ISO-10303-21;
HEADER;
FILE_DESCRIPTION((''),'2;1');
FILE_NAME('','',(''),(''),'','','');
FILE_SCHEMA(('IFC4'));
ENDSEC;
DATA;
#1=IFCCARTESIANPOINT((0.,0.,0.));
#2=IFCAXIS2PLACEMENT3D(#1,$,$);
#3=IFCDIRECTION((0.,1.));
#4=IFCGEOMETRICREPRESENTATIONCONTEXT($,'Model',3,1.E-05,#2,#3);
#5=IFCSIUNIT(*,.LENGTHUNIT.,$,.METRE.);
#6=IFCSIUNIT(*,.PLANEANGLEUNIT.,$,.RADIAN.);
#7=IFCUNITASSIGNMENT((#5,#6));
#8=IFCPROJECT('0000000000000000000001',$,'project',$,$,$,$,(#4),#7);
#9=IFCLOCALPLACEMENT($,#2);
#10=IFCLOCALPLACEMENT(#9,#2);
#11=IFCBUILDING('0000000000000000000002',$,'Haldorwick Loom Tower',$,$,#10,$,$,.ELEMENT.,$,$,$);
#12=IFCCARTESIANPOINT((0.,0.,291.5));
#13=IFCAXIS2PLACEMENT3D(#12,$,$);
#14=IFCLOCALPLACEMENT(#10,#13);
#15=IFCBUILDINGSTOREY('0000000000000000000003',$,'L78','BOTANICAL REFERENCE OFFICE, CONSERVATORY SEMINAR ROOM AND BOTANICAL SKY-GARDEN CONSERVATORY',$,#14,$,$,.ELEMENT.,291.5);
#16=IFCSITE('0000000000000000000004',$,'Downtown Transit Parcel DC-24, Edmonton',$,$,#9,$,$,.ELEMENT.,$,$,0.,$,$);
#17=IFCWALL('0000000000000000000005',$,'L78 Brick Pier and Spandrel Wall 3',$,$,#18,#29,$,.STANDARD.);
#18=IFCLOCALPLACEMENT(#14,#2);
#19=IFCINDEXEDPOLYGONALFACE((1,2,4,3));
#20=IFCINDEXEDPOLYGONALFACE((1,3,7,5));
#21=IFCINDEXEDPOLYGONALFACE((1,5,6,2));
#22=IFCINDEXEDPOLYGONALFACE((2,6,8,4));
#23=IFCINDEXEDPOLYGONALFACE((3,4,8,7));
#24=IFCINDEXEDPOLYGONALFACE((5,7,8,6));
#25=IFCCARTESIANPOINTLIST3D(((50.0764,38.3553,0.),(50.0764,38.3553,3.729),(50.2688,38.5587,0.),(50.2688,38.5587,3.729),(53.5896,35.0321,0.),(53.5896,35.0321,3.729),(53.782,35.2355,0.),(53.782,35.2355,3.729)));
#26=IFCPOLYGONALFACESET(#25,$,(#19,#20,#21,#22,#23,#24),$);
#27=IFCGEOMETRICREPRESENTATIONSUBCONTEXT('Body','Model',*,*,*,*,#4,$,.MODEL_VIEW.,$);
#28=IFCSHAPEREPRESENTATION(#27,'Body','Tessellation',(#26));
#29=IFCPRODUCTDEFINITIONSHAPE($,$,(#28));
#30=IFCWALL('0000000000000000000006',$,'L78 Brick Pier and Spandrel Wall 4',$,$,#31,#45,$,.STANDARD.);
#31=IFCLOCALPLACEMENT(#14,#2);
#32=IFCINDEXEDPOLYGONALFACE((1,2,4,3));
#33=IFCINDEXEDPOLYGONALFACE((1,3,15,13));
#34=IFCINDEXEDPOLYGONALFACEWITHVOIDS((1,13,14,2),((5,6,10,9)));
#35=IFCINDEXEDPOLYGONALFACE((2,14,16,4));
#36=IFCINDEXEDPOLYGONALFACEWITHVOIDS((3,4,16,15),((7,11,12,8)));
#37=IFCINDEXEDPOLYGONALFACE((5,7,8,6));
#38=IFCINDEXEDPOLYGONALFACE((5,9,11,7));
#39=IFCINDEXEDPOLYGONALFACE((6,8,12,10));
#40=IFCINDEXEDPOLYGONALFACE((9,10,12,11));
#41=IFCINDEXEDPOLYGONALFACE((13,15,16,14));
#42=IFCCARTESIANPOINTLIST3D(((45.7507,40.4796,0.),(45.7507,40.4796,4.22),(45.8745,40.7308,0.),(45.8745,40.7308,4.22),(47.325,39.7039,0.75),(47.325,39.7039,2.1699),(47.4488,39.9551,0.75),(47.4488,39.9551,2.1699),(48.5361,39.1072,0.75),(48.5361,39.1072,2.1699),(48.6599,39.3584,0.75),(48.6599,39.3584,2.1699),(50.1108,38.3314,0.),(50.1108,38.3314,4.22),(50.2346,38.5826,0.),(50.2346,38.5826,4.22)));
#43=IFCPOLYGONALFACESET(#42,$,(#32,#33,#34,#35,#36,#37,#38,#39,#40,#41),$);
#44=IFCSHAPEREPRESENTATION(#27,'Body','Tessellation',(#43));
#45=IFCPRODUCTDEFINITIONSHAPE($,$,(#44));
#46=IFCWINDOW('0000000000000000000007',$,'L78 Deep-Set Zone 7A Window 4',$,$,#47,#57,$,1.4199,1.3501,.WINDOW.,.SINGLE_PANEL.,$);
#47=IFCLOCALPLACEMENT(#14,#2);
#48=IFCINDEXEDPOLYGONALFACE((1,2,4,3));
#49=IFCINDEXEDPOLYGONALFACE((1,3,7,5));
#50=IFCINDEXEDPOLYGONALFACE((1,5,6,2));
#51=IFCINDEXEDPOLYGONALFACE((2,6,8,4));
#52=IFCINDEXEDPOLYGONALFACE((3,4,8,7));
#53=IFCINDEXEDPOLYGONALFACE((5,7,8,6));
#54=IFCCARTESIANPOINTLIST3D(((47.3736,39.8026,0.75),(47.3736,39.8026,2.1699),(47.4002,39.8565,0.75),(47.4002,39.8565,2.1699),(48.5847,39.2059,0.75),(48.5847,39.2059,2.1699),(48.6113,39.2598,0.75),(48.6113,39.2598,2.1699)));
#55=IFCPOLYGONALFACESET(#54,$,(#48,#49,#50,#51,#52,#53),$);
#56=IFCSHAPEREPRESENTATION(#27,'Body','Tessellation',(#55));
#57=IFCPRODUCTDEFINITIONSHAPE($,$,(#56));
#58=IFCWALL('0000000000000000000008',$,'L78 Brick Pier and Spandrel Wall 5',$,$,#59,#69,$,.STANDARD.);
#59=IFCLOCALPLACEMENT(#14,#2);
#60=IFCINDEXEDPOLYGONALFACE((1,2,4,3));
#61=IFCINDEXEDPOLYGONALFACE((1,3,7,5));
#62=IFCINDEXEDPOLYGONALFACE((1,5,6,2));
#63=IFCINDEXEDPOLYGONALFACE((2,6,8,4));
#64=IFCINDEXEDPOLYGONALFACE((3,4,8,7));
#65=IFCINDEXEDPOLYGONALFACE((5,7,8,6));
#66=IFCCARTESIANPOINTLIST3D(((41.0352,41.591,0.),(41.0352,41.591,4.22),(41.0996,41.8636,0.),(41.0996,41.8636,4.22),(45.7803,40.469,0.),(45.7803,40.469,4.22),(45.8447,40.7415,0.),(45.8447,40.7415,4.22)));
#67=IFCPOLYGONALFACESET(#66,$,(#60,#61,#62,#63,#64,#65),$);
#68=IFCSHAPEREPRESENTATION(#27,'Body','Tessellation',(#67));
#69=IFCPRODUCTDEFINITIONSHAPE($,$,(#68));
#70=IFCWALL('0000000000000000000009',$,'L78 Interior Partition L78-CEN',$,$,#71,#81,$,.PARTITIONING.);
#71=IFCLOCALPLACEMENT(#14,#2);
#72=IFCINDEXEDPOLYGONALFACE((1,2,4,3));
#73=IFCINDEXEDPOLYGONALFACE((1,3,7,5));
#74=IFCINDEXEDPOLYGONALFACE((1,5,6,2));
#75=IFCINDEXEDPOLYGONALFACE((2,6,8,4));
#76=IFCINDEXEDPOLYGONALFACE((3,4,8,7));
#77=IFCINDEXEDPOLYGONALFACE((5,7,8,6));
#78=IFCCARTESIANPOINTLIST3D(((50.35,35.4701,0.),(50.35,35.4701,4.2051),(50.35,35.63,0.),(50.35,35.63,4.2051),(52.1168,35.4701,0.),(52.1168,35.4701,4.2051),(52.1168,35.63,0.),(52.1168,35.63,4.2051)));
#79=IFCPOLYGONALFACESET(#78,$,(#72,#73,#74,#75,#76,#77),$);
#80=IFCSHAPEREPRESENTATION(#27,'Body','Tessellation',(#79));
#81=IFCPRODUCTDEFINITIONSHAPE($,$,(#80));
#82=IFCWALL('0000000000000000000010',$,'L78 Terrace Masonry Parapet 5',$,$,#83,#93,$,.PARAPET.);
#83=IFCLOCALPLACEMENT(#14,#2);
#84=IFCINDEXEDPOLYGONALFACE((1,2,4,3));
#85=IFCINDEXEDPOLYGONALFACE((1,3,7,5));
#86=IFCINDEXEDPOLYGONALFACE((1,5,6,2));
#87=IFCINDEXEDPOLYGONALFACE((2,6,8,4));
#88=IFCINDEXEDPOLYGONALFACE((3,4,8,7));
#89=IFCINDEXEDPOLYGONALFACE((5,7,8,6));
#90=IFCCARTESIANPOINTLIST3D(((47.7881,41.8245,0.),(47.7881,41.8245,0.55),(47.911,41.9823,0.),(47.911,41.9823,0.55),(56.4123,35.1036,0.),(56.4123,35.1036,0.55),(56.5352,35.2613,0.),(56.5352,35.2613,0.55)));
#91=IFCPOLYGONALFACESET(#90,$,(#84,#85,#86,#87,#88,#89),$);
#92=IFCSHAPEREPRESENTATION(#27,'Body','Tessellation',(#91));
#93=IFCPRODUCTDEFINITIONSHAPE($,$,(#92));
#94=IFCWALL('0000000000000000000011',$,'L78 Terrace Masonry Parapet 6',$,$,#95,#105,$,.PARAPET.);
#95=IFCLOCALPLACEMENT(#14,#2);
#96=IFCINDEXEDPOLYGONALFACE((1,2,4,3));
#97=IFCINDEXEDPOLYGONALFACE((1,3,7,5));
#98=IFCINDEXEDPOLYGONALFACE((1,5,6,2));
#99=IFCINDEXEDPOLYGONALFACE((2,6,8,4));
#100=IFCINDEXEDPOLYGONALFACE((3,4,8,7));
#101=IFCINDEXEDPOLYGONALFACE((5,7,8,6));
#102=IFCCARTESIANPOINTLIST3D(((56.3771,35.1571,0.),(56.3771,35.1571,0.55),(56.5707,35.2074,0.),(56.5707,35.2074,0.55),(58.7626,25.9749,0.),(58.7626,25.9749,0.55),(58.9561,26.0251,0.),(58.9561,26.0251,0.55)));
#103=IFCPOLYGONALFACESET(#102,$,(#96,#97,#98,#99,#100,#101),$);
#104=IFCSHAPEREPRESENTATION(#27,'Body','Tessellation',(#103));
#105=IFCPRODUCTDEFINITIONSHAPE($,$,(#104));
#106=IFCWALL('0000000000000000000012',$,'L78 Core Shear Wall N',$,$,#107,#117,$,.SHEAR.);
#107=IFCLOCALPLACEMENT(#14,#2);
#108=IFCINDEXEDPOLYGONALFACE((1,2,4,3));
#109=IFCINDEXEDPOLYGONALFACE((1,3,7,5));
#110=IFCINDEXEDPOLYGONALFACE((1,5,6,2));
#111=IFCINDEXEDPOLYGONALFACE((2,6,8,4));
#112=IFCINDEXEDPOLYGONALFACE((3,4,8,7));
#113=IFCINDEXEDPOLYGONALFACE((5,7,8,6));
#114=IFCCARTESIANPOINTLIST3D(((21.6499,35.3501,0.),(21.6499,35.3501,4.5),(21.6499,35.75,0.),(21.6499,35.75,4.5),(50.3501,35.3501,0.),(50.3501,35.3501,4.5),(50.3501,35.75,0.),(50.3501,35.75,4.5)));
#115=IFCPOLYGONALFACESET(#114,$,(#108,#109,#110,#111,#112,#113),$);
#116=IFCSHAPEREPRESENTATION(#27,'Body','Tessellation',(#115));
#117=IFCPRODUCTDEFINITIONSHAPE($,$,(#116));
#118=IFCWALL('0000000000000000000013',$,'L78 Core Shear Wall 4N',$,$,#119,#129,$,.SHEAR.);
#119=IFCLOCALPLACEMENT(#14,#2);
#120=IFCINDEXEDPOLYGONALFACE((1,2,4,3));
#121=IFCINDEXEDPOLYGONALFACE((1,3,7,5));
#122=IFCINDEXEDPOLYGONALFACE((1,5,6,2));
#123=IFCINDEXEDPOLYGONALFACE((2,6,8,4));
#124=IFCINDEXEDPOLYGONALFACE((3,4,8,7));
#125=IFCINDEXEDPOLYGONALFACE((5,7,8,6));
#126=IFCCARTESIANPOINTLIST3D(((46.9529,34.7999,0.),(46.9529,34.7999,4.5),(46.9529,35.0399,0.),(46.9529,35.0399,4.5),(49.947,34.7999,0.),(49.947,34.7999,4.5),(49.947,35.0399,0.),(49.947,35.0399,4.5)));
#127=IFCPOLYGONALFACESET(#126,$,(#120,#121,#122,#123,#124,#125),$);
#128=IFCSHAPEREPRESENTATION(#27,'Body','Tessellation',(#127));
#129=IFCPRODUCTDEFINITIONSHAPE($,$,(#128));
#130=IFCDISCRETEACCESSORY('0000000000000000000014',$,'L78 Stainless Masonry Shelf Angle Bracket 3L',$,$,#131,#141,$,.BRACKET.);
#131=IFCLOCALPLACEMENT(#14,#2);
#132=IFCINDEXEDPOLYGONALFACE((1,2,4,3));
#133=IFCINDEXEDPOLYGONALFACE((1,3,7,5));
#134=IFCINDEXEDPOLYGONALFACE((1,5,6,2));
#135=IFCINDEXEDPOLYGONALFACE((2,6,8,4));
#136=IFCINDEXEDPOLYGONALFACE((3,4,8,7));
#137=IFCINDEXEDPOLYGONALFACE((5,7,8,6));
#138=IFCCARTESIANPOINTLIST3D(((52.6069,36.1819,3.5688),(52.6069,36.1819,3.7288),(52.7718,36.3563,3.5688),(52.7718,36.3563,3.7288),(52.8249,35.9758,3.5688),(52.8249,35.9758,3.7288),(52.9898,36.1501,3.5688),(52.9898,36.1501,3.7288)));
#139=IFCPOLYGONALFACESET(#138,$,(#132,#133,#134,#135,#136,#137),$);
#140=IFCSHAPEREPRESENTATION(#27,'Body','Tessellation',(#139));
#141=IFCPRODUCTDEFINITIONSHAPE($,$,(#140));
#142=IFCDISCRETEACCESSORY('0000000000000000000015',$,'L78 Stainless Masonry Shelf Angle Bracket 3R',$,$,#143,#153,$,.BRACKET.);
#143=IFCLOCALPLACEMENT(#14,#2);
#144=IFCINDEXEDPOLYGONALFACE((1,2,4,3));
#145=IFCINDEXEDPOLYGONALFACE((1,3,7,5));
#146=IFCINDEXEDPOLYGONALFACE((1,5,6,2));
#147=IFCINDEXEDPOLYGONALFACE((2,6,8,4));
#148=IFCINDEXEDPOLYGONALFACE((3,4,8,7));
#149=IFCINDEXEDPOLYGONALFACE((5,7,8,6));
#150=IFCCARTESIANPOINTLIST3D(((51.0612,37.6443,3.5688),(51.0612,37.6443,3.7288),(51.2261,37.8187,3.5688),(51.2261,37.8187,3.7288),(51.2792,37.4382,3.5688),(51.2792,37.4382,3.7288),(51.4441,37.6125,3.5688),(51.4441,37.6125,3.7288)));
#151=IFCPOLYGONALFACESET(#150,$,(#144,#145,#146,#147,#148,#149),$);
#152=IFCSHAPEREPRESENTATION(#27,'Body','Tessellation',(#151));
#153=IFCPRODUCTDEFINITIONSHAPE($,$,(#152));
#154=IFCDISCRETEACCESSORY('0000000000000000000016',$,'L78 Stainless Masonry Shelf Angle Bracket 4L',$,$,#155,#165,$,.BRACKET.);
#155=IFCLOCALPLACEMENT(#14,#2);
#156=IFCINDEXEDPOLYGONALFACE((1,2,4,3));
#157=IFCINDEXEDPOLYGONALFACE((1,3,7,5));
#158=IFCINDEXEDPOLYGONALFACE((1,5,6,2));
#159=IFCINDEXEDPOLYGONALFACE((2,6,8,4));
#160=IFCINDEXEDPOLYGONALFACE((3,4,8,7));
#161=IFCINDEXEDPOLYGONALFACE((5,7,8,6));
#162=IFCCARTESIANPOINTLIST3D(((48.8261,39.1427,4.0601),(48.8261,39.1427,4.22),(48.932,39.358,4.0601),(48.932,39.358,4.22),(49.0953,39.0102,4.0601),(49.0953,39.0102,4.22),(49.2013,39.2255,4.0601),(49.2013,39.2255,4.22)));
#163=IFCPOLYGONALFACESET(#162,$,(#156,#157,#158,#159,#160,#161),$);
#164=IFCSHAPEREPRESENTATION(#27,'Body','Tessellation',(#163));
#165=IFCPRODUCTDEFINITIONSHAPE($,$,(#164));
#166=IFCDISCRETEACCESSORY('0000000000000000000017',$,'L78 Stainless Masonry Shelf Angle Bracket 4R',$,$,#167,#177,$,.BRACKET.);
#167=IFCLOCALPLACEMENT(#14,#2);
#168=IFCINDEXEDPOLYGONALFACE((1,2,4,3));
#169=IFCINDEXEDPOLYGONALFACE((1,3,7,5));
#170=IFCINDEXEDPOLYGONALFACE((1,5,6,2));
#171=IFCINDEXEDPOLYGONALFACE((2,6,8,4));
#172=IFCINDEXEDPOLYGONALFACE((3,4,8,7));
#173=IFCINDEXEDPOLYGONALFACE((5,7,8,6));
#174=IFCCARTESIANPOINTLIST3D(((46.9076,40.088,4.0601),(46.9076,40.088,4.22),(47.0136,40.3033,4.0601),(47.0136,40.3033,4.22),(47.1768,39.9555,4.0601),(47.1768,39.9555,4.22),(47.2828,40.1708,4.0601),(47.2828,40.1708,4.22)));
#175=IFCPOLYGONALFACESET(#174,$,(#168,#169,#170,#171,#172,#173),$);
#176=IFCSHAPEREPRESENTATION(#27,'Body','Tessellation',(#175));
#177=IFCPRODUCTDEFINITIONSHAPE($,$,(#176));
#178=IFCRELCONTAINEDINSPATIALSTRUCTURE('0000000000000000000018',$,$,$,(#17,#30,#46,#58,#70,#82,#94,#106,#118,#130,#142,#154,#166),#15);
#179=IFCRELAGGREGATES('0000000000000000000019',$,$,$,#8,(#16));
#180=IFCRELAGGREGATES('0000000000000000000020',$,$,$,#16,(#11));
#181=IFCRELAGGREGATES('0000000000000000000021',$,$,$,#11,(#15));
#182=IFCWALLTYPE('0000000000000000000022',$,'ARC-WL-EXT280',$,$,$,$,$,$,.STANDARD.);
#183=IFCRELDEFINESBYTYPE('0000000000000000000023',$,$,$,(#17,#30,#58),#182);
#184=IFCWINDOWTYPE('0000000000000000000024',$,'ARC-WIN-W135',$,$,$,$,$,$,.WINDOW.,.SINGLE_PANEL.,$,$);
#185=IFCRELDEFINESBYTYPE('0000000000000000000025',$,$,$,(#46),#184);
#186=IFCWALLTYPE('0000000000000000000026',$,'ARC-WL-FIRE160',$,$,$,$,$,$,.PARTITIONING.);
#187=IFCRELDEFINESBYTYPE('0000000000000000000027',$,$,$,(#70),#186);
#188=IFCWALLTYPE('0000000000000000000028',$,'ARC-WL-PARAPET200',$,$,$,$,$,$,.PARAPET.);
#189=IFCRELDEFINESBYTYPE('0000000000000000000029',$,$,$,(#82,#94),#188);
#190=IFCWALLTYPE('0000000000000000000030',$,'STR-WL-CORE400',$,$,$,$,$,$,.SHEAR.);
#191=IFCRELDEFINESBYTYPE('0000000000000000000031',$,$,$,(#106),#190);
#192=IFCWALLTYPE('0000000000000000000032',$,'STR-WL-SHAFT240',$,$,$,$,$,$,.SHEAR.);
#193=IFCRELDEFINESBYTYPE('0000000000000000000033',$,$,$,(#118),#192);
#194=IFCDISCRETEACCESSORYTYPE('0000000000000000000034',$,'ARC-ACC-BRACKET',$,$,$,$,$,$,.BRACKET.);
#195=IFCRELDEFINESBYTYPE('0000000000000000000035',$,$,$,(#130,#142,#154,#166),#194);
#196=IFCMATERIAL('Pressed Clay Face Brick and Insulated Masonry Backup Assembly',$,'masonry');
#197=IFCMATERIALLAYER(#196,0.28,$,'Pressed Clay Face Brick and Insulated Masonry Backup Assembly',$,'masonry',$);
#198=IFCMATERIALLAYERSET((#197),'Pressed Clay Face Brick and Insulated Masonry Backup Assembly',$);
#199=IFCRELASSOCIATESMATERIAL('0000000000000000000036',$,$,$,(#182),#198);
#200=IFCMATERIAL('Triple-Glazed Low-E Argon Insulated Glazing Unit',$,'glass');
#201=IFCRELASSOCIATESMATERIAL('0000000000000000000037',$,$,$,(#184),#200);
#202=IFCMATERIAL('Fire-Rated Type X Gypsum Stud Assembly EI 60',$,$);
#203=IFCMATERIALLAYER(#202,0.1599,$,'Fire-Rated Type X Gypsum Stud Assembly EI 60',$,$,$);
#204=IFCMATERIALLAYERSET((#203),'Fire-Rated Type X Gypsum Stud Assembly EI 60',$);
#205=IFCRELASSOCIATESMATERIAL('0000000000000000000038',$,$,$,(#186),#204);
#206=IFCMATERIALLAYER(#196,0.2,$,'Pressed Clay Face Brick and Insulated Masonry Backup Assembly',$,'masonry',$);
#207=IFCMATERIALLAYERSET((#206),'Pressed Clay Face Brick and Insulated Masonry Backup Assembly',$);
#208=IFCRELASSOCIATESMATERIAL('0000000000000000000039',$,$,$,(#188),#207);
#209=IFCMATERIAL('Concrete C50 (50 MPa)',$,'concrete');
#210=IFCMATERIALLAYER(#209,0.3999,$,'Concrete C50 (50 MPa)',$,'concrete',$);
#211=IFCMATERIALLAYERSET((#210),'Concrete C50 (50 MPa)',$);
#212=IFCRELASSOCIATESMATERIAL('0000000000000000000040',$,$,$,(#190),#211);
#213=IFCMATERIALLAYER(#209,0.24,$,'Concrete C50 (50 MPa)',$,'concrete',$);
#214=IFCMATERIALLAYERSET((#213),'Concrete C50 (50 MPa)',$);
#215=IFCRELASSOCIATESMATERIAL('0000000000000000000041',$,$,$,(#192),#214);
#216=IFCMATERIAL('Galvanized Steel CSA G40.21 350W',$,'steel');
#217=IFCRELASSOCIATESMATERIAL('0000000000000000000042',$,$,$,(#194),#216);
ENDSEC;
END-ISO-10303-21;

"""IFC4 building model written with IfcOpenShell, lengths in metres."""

from ifc_helpers import new_model, si_unit, direction, frame, frame_2d, origin, origin_2d, place, context, subcontext, project, spatial, rectangle, extrude, material, layer, layer_set, type_object, element, fill, save


model = new_model("IFC4")

# Units and contexts
model_context = context("Model", 3, precision=1e-05, world=origin(), true_north=direction((0.0, 1.0)))
body_context = subcontext(model_context, "Body", "Model", "MODEL_VIEW")
ifc_project = project(units=[si_unit("LENGTHUNIT", "METRE"), si_unit("PLANEANGLEUNIT", "RADIAN")], contexts=[model_context])

# Site, building, storey
site_placement = place(None, origin())
site = spatial("IfcSite", under=ifc_project, at=site_placement, Name="Downtown Transit Parcel DC-24, Edmonton", CompositionType="ELEMENT", RefElevation=0.0)
building_placement = place(site_placement, origin())
building = spatial("IfcBuilding", under=site, at=building_placement, Name="Haldorwick Loom Tower", CompositionType="ELEMENT")
storey_placement = place(building_placement, frame((0.0, 0.0, 291.5)))
storey = spatial("IfcBuildingStorey", under=building, at=storey_placement, Name="L78", Description="BOTANICAL REFERENCE OFFICE, CONSERVATORY SEMINAR ROOM AND BOTANICAL SKY-GARDEN CONSERVATORY", CompositionType="ELEMENT", Elevation=291.5)

# Wall
ifc_material_1 = material(Name="Pressed Clay Face Brick and Insulated Masonry Backup Assembly", Category="masonry")
ifc_layer_1 = layer(ifc_material_1, 0.28, Name="Pressed Clay Face Brick and Insulated Masonry Backup Assembly", Category="masonry")
ifc_layer_set_1 = layer_set([ifc_layer_1], Name="Pressed Clay Face Brick and Insulated Masonry Backup Assembly")
wall_type_1 = type_object("IfcWallType", Name="ARC-WL-EXT280", PredefinedType="STANDARD", material=ifc_layer_set_1)
wall_1_placement = place(storey_placement, frame((53.6858, 35.1338, 0.0), z_axis=(0.0, 0.0, 1.0), x_axis=(-0.726473, 0.687196, 0.0)))
element("IfcWall", 1, at=wall_1_placement, inside=storey, type_object=wall_type_1, Name="L78 Brick Pier and Spandrel Wall 3", PredefinedType="STANDARD", context=body_context, shape_type="SweptSolid", body=[
    extrude(rectangle(XDim=4.8359, YDim=0.28, at=frame_2d((2.418, 0.0))), origin(), (0.0, 0.0, 1.0), 3.729),
])

# Wall, opening, window
wall_2_placement = place(storey_placement, frame((50.1726, 38.457, 0.0), z_axis=(0.0, 0.0, 1.0), x_axis=(-0.897034, 0.441962, 0.0)))
wall_2 = element("IfcWall", 2, at=wall_2_placement, inside=storey, type_object=wall_type_1, Name="L78 Brick Pier and Spandrel Wall 4", PredefinedType="STANDARD", context=body_context, shape_type="SweptSolid", body=[
    extrude(rectangle(XDim=4.8606, YDim=0.28, at=frame_2d((2.4302, 0.0))), origin(), (0.0, 0.0, 1.0), 4.22),
])
opening_placement = place(wall_2_placement, frame((1.7554, 0.0, 0.75)))
opening = element("IfcOpeningElement", 3, at=opening_placement, cuts=wall_2, PredefinedType="OPENING", context=body_context, shape_type="SweptSolid", body=[
    extrude(rectangle(XDim=1.3501, YDim=1.4199, at=frame_2d((0.675, 0.71))), frame((0.0, 0.1499, 0.0), z_axis=(0.0, -1.0, 0.0), x_axis=(1.0, 0.0, 0.0)), (0.0, 0.0, 1.0), 0.3),
])
ifc_material_2 = material(Name="Triple-Glazed Low-E Argon Insulated Glazing Unit", Category="glass")
window_type = type_object("IfcWindowType", Name="ARC-WIN-W135", PartitioningType="SINGLE_PANEL", PredefinedType="WINDOW", material=ifc_material_2)
window_placement = place(opening_placement, origin())
window = element("IfcWindow", 4, at=window_placement, inside=storey, type_object=window_type, Name="L78 Deep-Set Zone 7A Window 4", OverallHeight=1.4199, OverallWidth=1.3501, PartitioningType="SINGLE_PANEL", PredefinedType="WINDOW", context=body_context, shape_type="SweptSolid", body=[
    extrude(rectangle(XDim=1.3501, YDim=1.4199, at=frame_2d((0.675, 0.71))), frame((0.0, 0.03, 0.0), z_axis=(0.0, -1.0, 0.0), x_axis=(1.0, 0.0, 0.0)), (0.0, 0.0, 1.0), 0.0601),
])
fill(opening, window)

# Walls
wall_3_placement = place(storey_placement, frame((45.8125, 40.6052, 0.0), z_axis=(0.0, 0.0, 1.0), x_axis=(-0.973162, 0.230122, 0.0)))
element("IfcWall", 5, at=wall_3_placement, inside=storey, type_object=wall_type_1, Name="L78 Brick Pier and Spandrel Wall 5", PredefinedType="STANDARD", context=body_context, shape_type="SweptSolid", body=[
    extrude(rectangle(XDim=4.876, YDim=0.28, at=frame_2d((2.438, 0.0))), origin(), (0.0, 0.0, 1.0), 4.22),
])
ifc_material_3 = material(Name="Fire-Rated Type X Gypsum Stud Assembly EI 60")
ifc_layer_2 = layer(ifc_material_3, 0.1599, Name="Fire-Rated Type X Gypsum Stud Assembly EI 60")
ifc_layer_set_2 = layer_set([ifc_layer_2], Name="Fire-Rated Type X Gypsum Stud Assembly EI 60")
wall_type_2 = type_object("IfcWallType", Name="ARC-WL-FIRE160", PredefinedType="PARTITIONING", material=ifc_layer_set_2)
wall_4_placement = place(storey_placement, frame((50.3501, 35.55, 0.0), z_axis=(0.0, 0.0, 1.0), x_axis=(1.0, 0.0, 0.0)))
element("IfcWall", 6, at=wall_4_placement, inside=storey, type_object=wall_type_2, Name="L78 Interior Partition L78-CEN", PredefinedType="PARTITIONING", context=body_context, shape_type="SweptSolid", body=[
    extrude(rectangle(XDim=1.7668, YDim=0.1599, at=frame_2d((0.8833, 0.0))), origin(), (0.0, 0.0, 1.0), 4.2051),
])
ifc_layer_3 = layer(ifc_material_1, 0.2, Name="Pressed Clay Face Brick and Insulated Masonry Backup Assembly", Category="masonry")
ifc_layer_set_3 = layer_set([ifc_layer_3], Name="Pressed Clay Face Brick and Insulated Masonry Backup Assembly")
wall_type_3 = type_object("IfcWallType", Name="ARC-WL-PARAPET200", PredefinedType="PARAPET", material=ifc_layer_set_3)
wall_5_placement = place(storey_placement, frame((47.8496, 41.9033, 0.0), z_axis=(0.0, 0.0, 1.0), x_axis=(0.788768, -0.614692, 0.0)))
element("IfcWall", 7, at=wall_5_placement, inside=storey, type_object=wall_type_3, Name="L78 Terrace Masonry Parapet 5", PredefinedType="PARAPET", context=body_context, shape_type="SweptSolid", body=[
    extrude(rectangle(XDim=10.9338, YDim=0.2, at=frame_2d((5.4668, 0.0))), origin(), (0.0, 0.0, 1.0), 0.55),
])
wall_6_placement = place(storey_placement, frame((56.4739, 35.1824, 0.0), z_axis=(0.0, 0.0, 1.0), x_axis=(0.251444, -0.967872, 0.0)))
element("IfcWall", 8, at=wall_6_placement, inside=storey, type_object=wall_type_3, Name="L78 Terrace Masonry Parapet 6", PredefinedType="PARAPET", context=body_context, shape_type="SweptSolid", body=[
    extrude(rectangle(XDim=9.4871, YDim=0.2, at=frame_2d((4.7437, 0.0))), origin(), (0.0, 0.0, 1.0), 0.55),
])
ifc_material_4 = material(Name="Concrete C50 (50 MPa)", Category="concrete")
ifc_layer_4 = layer(ifc_material_4, 0.3999, Name="Concrete C50 (50 MPa)", Category="concrete")
ifc_layer_set_4 = layer_set([ifc_layer_4], Name="Concrete C50 (50 MPa)")
wall_type_4 = type_object("IfcWallType", Name="STR-WL-CORE400", PredefinedType="SHEAR", material=ifc_layer_set_4)
wall_7_placement = place(storey_placement, frame((50.3501, 35.55, 0.0), z_axis=(0.0, 0.0, 1.0), x_axis=(-1.0, 0.0, 0.0)))
element("IfcWall", 9, at=wall_7_placement, inside=storey, type_object=wall_type_4, Name="L78 Core Shear Wall N", PredefinedType="SHEAR", context=body_context, shape_type="SweptSolid", body=[
    extrude(rectangle(XDim=28.7002, YDim=0.3999, at=frame_2d((14.3501, 0.0))), origin(), (0.0, 0.0, 1.0), 4.5),
])
ifc_layer_5 = layer(ifc_material_4, 0.24, Name="Concrete C50 (50 MPa)", Category="concrete")
ifc_layer_set_5 = layer_set([ifc_layer_5], Name="Concrete C50 (50 MPa)")
wall_type_5 = type_object("IfcWallType", Name="STR-WL-SHAFT240", PredefinedType="SHEAR", material=ifc_layer_set_5)
wall_8_placement = place(storey_placement, frame((46.9529, 34.9199, 0.0), z_axis=(0.0, 0.0, 1.0), x_axis=(1.0, 0.0, 0.0)))
element("IfcWall", 10, at=wall_8_placement, inside=storey, type_object=wall_type_5, Name="L78 Core Shear Wall 4N", PredefinedType="SHEAR", context=body_context, shape_type="SweptSolid", body=[
    extrude(rectangle(XDim=2.9941, YDim=0.24, at=frame_2d((1.4971, 0.0))), origin(), (0.0, 0.0, 1.0), 4.5),
])

# Discrete accessories
ifc_material_5 = material(Name="Galvanized Steel CSA G40.21 350W", Category="steel")
discrete_accessory_type = type_object("IfcDiscreteAccessoryType", Name="ARC-ACC-BRACKET", PredefinedType="BRACKET", material=ifc_material_5)
for number, where, z_axis, x_axis, name in (
    (11, (52.7983, 36.166, 3.5688), (0.0, 0.0, 1.0), (-0.726575, 0.687088, 0.0), "L78 Stainless Masonry Shelf Angle Bracket 3L"),
    (12, (51.2527, 37.6284, 3.5688), (0.0, 0.0, 1.0), (-0.726575, 0.687088, 0.0), "L78 Stainless Masonry Shelf Angle Bracket 3R"),
    (13, (49.0137, 39.1841, 4.0601), (0.0, 0.0, 1.0), (-0.897258, 0.441506, 0.0), "L78 Stainless Masonry Shelf Angle Bracket 4L"),
    (14, (47.0952, 40.1294, 4.0601), (0.0, 0.0, 1.0), (-0.897258, 0.441506, 0.0), "L78 Stainless Masonry Shelf Angle Bracket 4R"),
):
    element("IfcDiscreteAccessory", number, at=place(storey_placement, frame(where, z_axis=z_axis, x_axis=x_axis)), inside=storey, type_object=discrete_accessory_type, Name=name, PredefinedType="BRACKET", context=body_context, shape_type="SweptSolid", body=[
        extrude(rectangle(XDim=0.3, YDim=0.24, at=origin_2d()), origin(), (0.0, 0.0, 1.0), 0.1599),
    ])

save(model, "model.ifc")
